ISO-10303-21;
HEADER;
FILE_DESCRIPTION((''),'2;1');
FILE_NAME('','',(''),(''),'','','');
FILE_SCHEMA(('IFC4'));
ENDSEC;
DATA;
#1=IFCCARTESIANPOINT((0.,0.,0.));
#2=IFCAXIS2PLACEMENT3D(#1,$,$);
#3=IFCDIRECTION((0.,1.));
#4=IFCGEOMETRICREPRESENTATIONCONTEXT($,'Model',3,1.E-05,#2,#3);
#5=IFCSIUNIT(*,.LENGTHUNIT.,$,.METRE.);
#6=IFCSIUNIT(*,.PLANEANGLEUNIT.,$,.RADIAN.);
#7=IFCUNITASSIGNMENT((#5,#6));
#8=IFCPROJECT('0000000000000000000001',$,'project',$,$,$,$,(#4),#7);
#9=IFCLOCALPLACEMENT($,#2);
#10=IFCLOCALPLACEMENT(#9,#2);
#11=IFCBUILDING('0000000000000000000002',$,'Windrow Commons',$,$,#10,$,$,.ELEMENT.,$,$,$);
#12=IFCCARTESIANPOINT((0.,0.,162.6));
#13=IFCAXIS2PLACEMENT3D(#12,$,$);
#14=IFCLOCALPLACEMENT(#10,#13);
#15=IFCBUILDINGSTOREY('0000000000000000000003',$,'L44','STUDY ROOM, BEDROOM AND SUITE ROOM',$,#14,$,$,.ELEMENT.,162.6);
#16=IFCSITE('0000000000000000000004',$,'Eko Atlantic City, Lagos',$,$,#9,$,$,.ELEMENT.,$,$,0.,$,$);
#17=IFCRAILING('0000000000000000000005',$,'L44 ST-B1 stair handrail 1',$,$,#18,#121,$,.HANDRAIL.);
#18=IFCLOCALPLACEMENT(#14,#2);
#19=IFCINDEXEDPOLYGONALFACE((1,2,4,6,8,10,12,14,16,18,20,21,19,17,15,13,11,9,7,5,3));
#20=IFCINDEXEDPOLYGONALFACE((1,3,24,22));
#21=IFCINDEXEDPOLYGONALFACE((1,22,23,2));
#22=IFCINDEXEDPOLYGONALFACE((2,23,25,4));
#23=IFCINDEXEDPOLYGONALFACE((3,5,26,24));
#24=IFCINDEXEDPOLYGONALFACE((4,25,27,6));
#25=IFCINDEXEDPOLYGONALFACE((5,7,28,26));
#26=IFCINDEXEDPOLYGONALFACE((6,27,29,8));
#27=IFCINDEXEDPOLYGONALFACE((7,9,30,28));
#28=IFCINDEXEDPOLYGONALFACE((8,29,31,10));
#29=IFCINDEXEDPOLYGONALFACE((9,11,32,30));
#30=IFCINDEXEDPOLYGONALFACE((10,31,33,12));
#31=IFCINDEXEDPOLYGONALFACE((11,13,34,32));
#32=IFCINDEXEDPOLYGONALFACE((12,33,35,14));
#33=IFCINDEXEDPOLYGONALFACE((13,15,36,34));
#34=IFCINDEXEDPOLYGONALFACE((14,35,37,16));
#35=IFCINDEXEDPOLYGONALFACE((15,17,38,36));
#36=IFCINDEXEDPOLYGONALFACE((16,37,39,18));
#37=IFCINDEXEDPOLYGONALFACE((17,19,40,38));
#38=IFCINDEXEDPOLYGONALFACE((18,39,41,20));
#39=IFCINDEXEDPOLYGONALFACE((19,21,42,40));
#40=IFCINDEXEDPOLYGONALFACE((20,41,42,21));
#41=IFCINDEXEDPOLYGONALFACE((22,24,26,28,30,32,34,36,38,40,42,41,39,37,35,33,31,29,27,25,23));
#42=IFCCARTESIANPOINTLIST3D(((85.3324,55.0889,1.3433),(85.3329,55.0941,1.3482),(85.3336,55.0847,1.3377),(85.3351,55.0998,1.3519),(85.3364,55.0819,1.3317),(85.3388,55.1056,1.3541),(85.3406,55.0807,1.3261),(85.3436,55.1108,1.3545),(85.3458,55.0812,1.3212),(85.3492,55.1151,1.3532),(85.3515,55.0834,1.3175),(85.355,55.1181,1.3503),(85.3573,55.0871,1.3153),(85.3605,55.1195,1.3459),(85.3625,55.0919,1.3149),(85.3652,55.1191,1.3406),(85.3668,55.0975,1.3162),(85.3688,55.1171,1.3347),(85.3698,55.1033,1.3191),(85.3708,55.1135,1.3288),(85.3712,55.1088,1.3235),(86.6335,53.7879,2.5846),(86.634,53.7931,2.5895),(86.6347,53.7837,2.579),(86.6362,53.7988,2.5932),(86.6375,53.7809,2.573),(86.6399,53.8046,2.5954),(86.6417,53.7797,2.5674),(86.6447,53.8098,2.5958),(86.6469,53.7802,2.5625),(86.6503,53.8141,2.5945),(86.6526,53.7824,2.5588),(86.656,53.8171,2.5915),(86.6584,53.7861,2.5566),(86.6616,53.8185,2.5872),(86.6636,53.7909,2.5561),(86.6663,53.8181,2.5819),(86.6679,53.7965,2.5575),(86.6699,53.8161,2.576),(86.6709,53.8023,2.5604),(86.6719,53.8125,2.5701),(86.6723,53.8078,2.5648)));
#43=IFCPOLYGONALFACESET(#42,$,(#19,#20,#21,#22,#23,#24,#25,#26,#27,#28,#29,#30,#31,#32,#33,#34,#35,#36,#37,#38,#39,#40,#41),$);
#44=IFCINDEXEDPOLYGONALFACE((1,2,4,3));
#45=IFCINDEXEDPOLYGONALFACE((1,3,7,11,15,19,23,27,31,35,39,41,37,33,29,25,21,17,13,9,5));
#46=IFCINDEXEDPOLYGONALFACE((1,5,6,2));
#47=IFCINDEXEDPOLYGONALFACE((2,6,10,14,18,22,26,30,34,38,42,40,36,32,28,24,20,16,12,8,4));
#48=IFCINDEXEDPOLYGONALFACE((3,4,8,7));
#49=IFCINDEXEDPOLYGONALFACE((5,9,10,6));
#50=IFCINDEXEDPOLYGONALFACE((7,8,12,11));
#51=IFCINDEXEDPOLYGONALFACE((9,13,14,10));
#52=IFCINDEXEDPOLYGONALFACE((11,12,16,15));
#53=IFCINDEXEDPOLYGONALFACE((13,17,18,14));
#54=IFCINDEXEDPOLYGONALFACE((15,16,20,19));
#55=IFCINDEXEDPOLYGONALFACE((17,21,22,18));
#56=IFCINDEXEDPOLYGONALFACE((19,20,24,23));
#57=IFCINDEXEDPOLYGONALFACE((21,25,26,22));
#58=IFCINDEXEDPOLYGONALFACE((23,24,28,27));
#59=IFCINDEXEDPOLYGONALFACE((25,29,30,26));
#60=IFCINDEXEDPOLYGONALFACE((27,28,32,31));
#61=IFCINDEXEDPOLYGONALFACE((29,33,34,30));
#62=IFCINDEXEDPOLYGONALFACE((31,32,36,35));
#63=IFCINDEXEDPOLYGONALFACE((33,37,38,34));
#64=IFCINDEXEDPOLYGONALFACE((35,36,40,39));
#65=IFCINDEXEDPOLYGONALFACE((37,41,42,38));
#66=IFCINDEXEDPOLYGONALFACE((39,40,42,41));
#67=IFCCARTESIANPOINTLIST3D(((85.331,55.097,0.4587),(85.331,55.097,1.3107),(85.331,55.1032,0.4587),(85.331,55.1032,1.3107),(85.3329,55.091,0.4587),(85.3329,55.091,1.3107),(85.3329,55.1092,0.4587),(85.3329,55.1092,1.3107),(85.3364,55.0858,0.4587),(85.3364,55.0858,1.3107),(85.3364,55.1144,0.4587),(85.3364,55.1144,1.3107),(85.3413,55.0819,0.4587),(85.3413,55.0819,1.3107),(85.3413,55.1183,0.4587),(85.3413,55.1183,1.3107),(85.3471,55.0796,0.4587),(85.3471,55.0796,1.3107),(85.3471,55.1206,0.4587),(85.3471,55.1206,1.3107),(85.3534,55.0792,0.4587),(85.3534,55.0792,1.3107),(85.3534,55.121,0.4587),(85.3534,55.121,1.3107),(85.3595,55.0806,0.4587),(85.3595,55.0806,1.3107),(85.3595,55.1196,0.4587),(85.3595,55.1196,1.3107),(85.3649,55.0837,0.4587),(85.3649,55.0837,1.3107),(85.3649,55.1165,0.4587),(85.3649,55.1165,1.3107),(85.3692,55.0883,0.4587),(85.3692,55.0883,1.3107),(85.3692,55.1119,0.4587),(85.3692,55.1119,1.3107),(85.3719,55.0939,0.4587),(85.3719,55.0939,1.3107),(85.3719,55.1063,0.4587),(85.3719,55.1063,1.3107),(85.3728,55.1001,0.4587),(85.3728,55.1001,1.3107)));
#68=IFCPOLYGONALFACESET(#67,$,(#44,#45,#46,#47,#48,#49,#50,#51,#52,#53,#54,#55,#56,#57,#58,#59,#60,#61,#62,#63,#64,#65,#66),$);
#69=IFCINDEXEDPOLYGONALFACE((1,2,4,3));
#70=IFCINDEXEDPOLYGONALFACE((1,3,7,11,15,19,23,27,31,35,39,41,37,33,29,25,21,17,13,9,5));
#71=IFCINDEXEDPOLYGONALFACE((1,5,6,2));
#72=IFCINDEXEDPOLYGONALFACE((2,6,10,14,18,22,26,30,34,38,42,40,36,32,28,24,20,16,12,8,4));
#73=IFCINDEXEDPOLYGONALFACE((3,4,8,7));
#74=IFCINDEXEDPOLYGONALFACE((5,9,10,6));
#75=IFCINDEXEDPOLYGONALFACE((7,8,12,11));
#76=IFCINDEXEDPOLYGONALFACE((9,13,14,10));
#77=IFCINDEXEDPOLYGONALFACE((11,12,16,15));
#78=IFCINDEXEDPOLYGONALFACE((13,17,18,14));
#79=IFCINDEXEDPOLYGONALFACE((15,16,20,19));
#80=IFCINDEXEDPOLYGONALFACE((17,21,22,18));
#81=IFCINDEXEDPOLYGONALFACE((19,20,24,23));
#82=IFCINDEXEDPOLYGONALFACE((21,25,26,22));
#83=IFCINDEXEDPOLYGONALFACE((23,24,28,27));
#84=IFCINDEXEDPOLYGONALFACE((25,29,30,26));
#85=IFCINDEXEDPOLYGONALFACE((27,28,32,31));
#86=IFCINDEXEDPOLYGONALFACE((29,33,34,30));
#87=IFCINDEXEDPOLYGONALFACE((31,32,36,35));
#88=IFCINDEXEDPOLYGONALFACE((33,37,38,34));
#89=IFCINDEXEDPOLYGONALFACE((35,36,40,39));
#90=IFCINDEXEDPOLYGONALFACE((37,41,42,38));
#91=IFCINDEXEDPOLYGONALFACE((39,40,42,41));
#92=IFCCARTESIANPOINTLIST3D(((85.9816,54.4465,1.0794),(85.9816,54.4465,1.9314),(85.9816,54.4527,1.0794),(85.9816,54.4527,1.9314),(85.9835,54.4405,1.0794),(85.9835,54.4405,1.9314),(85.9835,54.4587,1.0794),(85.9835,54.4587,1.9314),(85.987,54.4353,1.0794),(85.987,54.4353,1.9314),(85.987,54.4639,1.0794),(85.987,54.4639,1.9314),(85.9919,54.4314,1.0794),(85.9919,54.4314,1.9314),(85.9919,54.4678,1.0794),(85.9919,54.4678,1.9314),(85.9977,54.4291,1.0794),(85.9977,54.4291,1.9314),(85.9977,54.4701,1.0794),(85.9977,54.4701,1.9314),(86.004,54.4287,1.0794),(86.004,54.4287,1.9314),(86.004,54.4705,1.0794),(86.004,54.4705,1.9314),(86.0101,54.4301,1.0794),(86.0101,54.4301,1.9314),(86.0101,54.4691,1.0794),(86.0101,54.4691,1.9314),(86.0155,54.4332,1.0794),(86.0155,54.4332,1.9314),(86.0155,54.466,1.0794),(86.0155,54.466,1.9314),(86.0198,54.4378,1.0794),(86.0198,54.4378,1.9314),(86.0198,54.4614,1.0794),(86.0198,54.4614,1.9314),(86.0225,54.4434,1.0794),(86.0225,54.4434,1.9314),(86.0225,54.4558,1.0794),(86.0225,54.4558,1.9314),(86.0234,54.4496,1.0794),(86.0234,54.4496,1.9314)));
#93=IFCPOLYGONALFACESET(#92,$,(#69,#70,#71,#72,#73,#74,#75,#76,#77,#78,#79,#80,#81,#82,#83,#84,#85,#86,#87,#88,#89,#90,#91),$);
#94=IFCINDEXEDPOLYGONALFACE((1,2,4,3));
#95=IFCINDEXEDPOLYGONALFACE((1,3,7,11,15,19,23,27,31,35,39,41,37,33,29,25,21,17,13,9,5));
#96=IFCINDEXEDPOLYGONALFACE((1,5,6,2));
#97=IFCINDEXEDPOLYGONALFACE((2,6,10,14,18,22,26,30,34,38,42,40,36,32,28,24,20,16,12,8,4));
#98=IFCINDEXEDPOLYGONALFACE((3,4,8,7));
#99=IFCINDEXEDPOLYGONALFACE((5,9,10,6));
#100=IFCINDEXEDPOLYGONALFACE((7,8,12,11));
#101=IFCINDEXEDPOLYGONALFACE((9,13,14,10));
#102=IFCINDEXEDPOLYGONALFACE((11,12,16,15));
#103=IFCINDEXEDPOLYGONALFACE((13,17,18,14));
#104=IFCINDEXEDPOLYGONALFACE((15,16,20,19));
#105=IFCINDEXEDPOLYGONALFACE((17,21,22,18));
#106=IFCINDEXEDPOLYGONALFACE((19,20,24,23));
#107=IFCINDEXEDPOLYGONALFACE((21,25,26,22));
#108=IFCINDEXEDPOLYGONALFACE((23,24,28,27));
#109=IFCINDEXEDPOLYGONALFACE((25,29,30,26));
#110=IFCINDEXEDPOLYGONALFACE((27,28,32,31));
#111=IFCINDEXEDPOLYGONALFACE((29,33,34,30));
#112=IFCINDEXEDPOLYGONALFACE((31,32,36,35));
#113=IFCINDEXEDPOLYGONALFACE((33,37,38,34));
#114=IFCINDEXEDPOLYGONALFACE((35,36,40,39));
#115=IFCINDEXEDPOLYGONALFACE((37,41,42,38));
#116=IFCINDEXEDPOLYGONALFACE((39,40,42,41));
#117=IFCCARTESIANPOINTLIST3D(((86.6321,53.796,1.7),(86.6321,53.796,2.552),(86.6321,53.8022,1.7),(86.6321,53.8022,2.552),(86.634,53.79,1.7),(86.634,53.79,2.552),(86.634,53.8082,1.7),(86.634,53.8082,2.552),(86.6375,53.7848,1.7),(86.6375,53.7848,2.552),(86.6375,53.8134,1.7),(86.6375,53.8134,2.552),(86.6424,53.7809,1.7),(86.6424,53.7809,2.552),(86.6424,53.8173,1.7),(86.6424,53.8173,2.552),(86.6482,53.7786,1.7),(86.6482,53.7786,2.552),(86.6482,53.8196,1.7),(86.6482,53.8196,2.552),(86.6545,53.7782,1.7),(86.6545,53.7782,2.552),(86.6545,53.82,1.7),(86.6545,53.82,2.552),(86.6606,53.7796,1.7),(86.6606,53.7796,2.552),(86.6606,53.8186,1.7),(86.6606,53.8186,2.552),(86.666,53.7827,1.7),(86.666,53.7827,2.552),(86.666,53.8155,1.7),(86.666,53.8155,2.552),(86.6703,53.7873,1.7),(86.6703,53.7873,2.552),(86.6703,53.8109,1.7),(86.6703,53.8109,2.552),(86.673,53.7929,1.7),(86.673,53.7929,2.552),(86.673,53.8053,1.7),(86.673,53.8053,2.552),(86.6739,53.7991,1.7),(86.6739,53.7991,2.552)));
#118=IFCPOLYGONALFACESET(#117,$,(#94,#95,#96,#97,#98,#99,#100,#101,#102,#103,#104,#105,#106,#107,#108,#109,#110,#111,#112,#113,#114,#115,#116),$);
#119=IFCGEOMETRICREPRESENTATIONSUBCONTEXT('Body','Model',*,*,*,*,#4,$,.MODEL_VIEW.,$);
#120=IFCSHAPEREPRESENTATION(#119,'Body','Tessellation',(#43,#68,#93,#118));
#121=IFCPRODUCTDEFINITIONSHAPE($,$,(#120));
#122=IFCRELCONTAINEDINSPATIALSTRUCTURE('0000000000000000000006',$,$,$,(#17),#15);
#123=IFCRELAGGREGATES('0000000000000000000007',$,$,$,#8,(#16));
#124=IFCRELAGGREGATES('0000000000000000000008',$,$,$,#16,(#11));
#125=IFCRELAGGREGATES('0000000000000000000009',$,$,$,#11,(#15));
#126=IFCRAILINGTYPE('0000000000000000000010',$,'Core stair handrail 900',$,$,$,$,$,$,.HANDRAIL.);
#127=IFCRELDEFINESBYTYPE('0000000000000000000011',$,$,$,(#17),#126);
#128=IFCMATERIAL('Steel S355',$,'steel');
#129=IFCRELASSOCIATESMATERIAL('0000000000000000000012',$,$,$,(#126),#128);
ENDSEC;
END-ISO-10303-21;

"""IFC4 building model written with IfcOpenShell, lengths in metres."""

from ifc_helpers import new_model, si_unit, direction, frame, origin, origin_2d, place, context, subcontext, project, spatial, circle, extrude, material, type_object, element, save


model = new_model("IFC4")

# Units and contexts
model_context = context("Model", 3, precision=1e-05, world=origin(), true_north=direction((0.0, 1.0)))
body_context = subcontext(model_context, "Body", "Model", "MODEL_VIEW")
ifc_project = project(units=[si_unit("LENGTHUNIT", "METRE"), si_unit("PLANEANGLEUNIT", "RADIAN")], contexts=[model_context])

# Site, building, storey
site_placement = place(None, origin())
site = spatial("IfcSite", under=ifc_project, at=site_placement, Name="Eko Atlantic City, Lagos", CompositionType="ELEMENT", RefElevation=0.0)
building_placement = place(site_placement, origin())
building = spatial("IfcBuilding", under=site, at=building_placement, Name="Windrow Commons", CompositionType="ELEMENT")
storey_placement = place(building_placement, frame((0.0, 0.0, 162.6)))
storey = spatial("IfcBuildingStorey", under=building, at=storey_placement, Name="L44", Description="STUDY ROOM, BEDROOM AND SUITE ROOM", CompositionType="ELEMENT", Elevation=162.6)

# Railing
ifc_material_1 = material(Name="Steel S355", Category="steel")
railing_type_1 = type_object("IfcRailingType", Name="Core stair handrail 900", PredefinedType="HANDRAIL", material=ifc_material_1)
railing_1_placement = place(storey_placement, frame((85.3518, 55.1001, 0.4587)))
element("IfcRailing", 1, at=railing_1_placement, inside=storey, type_object=railing_type_1, Name="L44 ST-B1 stair handrail 1", PredefinedType="HANDRAIL", context=body_context, shape_type="SweptSolid", body=[
    extrude(circle(Radius=0.024, at=origin_2d()), frame((0.0, 0.0, 0.876), z_axis=(0.586207, -0.586162, 0.559264), x_axis=(0.70708, 0.707134, 0.0)), (0.0, 0.0, 1.0), 2.2195),
    extrude(circle(Radius=0.021, at=origin_2d()), origin(), (0.0, 0.0, 1.0), 0.852),
    extrude(circle(Radius=0.021, at=origin_2d()), frame((0.6506, -0.6505, 0.6207)), (0.0, 0.0, 1.0), 0.852),
    extrude(circle(Radius=0.021, at=origin_2d()), frame((1.3011, -1.301, 1.2413)), (0.0, 0.0, 1.0), 0.852),
])

save(model, "model.ifc")
